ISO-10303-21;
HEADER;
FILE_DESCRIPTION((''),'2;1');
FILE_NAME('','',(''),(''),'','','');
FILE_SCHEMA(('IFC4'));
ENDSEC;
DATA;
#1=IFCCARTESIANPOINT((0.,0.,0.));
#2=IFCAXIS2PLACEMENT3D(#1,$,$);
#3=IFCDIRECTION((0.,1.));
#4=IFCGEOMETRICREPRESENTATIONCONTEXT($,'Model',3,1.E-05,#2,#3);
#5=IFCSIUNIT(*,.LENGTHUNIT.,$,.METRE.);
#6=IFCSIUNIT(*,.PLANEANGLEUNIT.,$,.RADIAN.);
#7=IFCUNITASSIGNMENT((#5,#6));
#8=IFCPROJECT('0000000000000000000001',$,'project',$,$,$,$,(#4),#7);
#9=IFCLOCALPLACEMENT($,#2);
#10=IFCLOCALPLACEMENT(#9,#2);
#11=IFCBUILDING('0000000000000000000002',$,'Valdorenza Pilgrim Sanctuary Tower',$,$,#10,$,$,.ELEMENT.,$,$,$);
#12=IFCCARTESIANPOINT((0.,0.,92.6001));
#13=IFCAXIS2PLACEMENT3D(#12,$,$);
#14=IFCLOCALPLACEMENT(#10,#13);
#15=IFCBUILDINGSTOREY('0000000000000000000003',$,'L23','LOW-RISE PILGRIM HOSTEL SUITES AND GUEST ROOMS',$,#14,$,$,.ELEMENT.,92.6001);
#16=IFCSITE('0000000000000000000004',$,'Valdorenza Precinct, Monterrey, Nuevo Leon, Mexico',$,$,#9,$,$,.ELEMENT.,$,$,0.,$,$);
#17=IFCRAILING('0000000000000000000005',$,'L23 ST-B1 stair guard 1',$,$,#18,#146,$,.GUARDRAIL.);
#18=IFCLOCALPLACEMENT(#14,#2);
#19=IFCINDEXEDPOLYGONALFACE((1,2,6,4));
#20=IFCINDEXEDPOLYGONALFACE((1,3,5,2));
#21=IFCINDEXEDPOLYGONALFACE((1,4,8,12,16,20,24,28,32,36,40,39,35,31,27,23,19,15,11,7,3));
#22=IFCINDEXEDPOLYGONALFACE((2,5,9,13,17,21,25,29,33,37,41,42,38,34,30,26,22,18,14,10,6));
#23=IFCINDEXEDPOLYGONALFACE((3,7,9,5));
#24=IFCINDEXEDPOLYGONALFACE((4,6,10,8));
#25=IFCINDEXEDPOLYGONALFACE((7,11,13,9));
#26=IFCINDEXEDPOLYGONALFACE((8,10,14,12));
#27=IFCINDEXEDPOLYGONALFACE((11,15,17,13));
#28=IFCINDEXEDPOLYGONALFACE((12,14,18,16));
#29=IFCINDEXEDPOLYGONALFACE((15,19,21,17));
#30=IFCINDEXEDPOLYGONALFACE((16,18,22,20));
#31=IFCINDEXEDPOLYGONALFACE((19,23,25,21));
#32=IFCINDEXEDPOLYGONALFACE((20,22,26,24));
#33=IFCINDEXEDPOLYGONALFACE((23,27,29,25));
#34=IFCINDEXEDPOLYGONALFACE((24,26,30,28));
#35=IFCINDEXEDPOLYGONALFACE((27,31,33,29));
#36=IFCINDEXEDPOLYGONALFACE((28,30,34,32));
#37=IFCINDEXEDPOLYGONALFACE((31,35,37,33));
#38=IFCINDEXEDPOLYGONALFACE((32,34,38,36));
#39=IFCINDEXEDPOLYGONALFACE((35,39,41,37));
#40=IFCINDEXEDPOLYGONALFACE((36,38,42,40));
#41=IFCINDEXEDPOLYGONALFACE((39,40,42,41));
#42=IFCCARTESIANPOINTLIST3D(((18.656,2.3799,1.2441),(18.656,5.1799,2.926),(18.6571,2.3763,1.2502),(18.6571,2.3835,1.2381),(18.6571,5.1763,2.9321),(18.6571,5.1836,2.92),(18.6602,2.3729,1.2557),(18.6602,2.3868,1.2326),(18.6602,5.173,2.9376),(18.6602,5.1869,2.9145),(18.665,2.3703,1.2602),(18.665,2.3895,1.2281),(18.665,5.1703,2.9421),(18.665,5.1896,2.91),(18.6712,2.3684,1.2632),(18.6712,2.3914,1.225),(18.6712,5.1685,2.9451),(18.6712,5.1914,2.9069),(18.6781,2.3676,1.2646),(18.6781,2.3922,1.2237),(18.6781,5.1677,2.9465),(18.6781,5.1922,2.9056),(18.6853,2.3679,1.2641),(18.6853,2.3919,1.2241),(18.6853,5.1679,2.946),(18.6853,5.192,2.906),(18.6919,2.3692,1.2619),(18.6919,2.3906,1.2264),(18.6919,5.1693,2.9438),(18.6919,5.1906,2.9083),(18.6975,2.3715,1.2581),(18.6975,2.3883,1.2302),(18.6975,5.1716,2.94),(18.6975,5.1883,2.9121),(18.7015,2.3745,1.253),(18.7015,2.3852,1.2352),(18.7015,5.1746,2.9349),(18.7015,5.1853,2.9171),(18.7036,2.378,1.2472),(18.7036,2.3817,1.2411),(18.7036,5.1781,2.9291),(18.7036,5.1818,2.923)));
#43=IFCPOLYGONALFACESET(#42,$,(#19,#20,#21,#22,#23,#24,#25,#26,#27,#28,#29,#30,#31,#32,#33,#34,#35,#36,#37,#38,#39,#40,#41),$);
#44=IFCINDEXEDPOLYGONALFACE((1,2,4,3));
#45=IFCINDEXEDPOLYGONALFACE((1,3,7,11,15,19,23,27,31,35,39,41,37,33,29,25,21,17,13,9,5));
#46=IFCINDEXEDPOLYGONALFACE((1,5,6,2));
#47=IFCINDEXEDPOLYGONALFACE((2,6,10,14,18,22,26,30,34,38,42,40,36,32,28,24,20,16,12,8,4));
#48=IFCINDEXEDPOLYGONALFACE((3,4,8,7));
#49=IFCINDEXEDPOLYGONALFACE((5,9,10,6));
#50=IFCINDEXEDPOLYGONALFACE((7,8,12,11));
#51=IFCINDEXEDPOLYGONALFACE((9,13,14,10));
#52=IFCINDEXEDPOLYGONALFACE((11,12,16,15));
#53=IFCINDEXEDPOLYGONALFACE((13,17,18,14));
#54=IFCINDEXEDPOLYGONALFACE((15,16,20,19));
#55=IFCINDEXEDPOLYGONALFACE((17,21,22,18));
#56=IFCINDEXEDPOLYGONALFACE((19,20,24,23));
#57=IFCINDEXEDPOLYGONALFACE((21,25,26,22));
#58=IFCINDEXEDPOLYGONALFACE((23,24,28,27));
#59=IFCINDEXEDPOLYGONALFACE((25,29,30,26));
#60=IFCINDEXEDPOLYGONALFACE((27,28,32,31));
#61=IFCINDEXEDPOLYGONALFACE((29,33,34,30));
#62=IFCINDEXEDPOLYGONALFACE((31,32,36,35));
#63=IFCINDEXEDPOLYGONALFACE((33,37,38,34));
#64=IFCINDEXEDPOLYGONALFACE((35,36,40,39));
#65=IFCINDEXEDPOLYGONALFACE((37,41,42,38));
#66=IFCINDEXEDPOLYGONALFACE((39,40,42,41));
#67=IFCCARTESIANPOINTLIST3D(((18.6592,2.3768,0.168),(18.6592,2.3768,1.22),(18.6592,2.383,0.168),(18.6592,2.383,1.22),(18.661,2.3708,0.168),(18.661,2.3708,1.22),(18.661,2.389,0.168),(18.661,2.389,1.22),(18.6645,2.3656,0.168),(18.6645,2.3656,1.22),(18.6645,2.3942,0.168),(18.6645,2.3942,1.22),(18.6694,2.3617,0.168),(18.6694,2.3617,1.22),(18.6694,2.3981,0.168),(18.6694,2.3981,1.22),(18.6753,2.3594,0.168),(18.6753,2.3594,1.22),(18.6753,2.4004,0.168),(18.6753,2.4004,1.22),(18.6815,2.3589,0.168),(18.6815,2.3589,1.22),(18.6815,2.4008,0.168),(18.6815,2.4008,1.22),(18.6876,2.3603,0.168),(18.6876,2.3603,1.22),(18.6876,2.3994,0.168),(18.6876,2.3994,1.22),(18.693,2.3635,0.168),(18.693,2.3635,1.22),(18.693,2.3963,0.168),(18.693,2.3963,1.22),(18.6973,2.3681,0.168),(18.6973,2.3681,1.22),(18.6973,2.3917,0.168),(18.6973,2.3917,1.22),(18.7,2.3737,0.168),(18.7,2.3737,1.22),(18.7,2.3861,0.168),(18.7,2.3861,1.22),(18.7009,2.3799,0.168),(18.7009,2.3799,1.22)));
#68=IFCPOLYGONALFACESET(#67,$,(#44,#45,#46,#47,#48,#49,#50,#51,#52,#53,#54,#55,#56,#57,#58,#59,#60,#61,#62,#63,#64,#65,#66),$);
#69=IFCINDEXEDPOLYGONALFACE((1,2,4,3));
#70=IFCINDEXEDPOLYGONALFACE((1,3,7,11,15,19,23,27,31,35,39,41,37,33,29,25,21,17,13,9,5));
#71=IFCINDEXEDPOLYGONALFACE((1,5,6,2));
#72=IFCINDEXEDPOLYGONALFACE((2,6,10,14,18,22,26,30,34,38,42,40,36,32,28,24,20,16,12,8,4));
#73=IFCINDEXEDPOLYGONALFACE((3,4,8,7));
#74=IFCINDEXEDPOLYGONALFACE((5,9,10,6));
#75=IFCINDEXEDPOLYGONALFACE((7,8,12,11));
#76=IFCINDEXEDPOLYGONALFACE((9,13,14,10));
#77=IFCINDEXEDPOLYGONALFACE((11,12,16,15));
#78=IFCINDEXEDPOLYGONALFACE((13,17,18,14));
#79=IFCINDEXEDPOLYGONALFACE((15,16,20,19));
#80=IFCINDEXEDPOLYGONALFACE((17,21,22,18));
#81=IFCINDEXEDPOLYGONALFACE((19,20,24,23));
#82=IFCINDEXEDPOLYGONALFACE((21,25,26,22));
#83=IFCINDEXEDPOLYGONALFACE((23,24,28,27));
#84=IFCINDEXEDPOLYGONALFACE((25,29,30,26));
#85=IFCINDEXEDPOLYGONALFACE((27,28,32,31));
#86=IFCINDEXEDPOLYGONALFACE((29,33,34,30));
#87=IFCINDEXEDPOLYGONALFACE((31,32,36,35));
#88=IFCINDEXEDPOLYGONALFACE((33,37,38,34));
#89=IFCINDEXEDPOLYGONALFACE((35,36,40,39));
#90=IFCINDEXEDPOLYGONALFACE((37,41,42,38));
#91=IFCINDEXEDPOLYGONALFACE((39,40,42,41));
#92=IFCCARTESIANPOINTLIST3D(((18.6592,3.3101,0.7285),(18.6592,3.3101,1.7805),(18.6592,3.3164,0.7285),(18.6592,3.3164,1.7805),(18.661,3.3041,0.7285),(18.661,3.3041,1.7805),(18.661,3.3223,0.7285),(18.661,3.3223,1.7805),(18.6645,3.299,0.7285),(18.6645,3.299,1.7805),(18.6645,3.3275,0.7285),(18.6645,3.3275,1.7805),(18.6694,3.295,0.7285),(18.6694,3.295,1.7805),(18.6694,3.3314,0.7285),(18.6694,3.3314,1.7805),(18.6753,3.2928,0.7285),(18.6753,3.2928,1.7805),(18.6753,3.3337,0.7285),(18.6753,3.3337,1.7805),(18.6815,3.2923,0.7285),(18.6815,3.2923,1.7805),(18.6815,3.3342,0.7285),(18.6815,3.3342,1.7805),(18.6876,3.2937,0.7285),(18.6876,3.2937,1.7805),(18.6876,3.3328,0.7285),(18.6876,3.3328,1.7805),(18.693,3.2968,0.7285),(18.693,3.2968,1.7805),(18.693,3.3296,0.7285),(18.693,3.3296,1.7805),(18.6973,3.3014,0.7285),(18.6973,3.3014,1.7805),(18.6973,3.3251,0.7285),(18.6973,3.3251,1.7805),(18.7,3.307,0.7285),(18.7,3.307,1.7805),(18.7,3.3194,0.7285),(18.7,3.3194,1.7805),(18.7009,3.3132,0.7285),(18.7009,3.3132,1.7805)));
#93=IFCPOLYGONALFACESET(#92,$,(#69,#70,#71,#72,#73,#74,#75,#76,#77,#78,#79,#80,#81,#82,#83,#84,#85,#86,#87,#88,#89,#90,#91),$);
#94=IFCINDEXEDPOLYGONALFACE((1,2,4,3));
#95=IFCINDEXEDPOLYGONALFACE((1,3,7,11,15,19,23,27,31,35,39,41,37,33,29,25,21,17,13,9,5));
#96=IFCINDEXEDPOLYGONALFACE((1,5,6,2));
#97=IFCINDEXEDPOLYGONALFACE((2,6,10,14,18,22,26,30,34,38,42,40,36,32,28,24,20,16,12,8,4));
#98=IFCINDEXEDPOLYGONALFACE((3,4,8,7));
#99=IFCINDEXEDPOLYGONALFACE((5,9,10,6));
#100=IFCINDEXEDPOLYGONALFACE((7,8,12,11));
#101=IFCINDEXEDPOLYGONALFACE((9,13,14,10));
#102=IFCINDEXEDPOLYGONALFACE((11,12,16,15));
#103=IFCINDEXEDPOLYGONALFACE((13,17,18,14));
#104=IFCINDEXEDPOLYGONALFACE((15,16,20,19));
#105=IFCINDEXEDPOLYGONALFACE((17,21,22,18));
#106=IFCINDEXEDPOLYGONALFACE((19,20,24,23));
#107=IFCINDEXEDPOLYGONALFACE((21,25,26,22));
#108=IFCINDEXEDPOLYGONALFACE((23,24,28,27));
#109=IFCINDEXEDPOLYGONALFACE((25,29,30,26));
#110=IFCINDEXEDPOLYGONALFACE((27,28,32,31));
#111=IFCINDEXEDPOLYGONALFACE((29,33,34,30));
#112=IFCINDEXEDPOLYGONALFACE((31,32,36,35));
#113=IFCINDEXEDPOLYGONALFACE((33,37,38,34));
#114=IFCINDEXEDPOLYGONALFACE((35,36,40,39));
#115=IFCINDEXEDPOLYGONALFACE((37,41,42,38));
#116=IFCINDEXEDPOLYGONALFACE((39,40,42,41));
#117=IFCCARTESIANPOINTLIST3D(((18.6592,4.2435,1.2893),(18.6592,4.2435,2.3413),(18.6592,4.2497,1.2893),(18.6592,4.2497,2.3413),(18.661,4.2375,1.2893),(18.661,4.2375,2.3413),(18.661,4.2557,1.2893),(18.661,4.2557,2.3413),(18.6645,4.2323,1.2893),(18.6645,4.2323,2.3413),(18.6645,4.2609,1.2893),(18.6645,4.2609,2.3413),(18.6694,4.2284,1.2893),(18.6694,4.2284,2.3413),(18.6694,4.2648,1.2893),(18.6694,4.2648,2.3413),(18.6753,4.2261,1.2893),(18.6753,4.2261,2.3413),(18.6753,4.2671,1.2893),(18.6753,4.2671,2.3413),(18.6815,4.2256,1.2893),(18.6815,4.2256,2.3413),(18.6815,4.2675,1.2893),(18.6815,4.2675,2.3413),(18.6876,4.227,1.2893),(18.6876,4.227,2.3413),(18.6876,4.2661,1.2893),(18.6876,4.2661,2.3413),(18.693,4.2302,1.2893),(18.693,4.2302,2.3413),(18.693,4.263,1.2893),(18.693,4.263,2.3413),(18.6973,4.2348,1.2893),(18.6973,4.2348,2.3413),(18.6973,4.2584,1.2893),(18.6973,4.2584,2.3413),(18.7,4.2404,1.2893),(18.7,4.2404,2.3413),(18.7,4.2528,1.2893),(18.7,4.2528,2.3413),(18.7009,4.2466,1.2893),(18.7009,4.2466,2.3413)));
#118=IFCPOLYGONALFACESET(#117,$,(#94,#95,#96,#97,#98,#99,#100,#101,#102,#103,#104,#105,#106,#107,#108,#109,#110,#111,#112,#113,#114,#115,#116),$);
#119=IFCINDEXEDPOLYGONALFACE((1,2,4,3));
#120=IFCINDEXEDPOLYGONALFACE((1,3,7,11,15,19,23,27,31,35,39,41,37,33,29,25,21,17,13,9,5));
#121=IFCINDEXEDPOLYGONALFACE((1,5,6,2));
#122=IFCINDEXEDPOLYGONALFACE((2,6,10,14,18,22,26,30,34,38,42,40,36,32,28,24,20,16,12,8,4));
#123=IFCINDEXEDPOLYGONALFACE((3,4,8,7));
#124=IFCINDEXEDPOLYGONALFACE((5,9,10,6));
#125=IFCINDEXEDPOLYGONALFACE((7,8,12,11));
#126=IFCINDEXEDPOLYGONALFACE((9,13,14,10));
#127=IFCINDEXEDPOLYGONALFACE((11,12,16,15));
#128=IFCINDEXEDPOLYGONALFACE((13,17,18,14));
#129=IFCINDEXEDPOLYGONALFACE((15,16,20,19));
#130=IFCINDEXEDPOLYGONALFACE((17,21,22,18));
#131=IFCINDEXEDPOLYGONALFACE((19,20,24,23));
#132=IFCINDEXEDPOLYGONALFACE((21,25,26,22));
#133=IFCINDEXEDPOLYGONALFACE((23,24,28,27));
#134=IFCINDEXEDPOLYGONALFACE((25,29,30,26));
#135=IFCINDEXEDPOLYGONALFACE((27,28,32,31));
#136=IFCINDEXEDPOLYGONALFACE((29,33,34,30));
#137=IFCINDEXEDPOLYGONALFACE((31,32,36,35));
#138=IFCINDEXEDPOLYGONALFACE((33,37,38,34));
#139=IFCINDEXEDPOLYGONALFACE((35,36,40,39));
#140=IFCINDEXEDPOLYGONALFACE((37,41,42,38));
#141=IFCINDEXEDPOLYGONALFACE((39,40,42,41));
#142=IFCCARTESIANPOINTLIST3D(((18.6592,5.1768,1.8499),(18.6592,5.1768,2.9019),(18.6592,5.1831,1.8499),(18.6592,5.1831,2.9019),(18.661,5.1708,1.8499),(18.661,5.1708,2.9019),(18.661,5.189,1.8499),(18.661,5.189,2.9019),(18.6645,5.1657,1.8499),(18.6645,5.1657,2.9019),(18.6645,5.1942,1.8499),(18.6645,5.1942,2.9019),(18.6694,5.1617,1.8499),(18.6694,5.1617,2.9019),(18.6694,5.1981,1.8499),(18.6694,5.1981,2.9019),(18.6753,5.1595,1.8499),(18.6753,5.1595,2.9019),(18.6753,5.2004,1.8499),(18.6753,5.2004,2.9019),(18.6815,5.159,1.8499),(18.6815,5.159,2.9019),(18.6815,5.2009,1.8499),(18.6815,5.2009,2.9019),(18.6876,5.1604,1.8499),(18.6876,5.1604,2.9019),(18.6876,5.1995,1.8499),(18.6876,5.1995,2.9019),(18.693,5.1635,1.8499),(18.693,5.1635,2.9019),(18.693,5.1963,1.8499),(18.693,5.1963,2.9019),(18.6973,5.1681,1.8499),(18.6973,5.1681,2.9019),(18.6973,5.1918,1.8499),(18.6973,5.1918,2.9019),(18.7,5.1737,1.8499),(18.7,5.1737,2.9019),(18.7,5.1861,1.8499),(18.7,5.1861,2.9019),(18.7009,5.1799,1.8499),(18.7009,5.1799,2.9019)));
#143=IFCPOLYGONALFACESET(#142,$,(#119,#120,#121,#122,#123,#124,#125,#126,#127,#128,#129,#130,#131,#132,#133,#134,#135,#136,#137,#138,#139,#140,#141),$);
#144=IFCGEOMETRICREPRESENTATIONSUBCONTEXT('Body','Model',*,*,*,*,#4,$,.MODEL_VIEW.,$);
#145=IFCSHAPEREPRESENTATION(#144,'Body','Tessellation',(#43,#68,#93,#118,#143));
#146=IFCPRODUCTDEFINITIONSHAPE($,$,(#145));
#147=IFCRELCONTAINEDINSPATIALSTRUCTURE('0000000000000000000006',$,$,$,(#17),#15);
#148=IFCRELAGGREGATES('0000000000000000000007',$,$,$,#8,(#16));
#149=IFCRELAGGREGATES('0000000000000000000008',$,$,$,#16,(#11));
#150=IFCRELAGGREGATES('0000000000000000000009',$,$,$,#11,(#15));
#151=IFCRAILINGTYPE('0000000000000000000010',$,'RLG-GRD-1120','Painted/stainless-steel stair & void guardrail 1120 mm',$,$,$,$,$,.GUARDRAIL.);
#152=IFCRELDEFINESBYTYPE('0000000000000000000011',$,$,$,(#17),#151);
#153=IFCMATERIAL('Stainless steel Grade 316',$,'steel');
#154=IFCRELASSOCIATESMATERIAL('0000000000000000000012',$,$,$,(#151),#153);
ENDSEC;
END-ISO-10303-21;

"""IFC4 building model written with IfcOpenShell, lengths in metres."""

from ifc_helpers import new_model, si_unit, direction, frame, origin, origin_2d, place, context, subcontext, project, spatial, circle, extrude, material, type_object, element, save


model = new_model("IFC4")

# Units and contexts
model_context = context("Model", 3, precision=1e-05, world=origin(), true_north=direction((0.0, 1.0)))
body_context = subcontext(model_context, "Body", "Model", "MODEL_VIEW")
ifc_project = project(units=[si_unit("LENGTHUNIT", "METRE"), si_unit("PLANEANGLEUNIT", "RADIAN")], contexts=[model_context])

# Site, building, storey
site_placement = place(None, origin())
site = spatial("IfcSite", under=ifc_project, at=site_placement, Name="Valdorenza Precinct, Monterrey, Nuevo Leon, Mexico", CompositionType="ELEMENT", RefElevation=0.0)
building_placement = place(site_placement, origin())
building = spatial("IfcBuilding", under=site, at=building_placement, Name="Valdorenza Pilgrim Sanctuary Tower", CompositionType="ELEMENT")
storey_placement = place(building_placement, frame((0.0, 0.0, 92.6001)))
storey = spatial("IfcBuildingStorey", under=building, at=storey_placement, Name="L23", Description="LOW-RISE PILGRIM HOSTEL SUITES AND GUEST ROOMS", CompositionType="ELEMENT", Elevation=92.6001)

# Railing
ifc_material_1 = material(Name="Stainless steel Grade 316", Category="steel")
railing_type_1 = type_object("IfcRailingType", Name="RLG-GRD-1120", Description="Painted/stainless-steel stair & void guardrail 1120 mm", PredefinedType="GUARDRAIL", material=ifc_material_1)
railing_1_placement = place(storey_placement, frame((18.6799, 2.3799, 0.168)))
element("IfcRailing", 1, at=railing_1_placement, inside=storey, type_object=railing_type_1, Name="L23 ST-B1 stair guard 1", PredefinedType="GUARDRAIL", context=body_context, shape_type="SweptSolid", body=[
    extrude(circle(Radius=0.0239, at=origin_2d()), frame((0.0, 0.0, 1.0762), z_axis=(0.0, 0.857242, 0.514913), x_axis=(-1.0, 0.0, 0.0)), (0.0, 0.0, 1.0), 3.2664),
    extrude(circle(Radius=0.021, at=origin_2d()), origin(), (0.0, 0.0, 1.0), 1.052),
    extrude(circle(Radius=0.021, at=origin_2d()), frame((0.0, 0.9333, 0.5605)), (0.0, 0.0, 1.0), 1.052),
    extrude(circle(Radius=0.021, at=origin_2d()), frame((0.0, 1.8667, 1.1213)), (0.0, 0.0, 1.0), 1.052),
    extrude(circle(Radius=0.021, at=origin_2d()), frame((0.0, 2.8, 1.6819)), (0.0, 0.0, 1.0), 1.052),
])

save(model, "model.ifc")
